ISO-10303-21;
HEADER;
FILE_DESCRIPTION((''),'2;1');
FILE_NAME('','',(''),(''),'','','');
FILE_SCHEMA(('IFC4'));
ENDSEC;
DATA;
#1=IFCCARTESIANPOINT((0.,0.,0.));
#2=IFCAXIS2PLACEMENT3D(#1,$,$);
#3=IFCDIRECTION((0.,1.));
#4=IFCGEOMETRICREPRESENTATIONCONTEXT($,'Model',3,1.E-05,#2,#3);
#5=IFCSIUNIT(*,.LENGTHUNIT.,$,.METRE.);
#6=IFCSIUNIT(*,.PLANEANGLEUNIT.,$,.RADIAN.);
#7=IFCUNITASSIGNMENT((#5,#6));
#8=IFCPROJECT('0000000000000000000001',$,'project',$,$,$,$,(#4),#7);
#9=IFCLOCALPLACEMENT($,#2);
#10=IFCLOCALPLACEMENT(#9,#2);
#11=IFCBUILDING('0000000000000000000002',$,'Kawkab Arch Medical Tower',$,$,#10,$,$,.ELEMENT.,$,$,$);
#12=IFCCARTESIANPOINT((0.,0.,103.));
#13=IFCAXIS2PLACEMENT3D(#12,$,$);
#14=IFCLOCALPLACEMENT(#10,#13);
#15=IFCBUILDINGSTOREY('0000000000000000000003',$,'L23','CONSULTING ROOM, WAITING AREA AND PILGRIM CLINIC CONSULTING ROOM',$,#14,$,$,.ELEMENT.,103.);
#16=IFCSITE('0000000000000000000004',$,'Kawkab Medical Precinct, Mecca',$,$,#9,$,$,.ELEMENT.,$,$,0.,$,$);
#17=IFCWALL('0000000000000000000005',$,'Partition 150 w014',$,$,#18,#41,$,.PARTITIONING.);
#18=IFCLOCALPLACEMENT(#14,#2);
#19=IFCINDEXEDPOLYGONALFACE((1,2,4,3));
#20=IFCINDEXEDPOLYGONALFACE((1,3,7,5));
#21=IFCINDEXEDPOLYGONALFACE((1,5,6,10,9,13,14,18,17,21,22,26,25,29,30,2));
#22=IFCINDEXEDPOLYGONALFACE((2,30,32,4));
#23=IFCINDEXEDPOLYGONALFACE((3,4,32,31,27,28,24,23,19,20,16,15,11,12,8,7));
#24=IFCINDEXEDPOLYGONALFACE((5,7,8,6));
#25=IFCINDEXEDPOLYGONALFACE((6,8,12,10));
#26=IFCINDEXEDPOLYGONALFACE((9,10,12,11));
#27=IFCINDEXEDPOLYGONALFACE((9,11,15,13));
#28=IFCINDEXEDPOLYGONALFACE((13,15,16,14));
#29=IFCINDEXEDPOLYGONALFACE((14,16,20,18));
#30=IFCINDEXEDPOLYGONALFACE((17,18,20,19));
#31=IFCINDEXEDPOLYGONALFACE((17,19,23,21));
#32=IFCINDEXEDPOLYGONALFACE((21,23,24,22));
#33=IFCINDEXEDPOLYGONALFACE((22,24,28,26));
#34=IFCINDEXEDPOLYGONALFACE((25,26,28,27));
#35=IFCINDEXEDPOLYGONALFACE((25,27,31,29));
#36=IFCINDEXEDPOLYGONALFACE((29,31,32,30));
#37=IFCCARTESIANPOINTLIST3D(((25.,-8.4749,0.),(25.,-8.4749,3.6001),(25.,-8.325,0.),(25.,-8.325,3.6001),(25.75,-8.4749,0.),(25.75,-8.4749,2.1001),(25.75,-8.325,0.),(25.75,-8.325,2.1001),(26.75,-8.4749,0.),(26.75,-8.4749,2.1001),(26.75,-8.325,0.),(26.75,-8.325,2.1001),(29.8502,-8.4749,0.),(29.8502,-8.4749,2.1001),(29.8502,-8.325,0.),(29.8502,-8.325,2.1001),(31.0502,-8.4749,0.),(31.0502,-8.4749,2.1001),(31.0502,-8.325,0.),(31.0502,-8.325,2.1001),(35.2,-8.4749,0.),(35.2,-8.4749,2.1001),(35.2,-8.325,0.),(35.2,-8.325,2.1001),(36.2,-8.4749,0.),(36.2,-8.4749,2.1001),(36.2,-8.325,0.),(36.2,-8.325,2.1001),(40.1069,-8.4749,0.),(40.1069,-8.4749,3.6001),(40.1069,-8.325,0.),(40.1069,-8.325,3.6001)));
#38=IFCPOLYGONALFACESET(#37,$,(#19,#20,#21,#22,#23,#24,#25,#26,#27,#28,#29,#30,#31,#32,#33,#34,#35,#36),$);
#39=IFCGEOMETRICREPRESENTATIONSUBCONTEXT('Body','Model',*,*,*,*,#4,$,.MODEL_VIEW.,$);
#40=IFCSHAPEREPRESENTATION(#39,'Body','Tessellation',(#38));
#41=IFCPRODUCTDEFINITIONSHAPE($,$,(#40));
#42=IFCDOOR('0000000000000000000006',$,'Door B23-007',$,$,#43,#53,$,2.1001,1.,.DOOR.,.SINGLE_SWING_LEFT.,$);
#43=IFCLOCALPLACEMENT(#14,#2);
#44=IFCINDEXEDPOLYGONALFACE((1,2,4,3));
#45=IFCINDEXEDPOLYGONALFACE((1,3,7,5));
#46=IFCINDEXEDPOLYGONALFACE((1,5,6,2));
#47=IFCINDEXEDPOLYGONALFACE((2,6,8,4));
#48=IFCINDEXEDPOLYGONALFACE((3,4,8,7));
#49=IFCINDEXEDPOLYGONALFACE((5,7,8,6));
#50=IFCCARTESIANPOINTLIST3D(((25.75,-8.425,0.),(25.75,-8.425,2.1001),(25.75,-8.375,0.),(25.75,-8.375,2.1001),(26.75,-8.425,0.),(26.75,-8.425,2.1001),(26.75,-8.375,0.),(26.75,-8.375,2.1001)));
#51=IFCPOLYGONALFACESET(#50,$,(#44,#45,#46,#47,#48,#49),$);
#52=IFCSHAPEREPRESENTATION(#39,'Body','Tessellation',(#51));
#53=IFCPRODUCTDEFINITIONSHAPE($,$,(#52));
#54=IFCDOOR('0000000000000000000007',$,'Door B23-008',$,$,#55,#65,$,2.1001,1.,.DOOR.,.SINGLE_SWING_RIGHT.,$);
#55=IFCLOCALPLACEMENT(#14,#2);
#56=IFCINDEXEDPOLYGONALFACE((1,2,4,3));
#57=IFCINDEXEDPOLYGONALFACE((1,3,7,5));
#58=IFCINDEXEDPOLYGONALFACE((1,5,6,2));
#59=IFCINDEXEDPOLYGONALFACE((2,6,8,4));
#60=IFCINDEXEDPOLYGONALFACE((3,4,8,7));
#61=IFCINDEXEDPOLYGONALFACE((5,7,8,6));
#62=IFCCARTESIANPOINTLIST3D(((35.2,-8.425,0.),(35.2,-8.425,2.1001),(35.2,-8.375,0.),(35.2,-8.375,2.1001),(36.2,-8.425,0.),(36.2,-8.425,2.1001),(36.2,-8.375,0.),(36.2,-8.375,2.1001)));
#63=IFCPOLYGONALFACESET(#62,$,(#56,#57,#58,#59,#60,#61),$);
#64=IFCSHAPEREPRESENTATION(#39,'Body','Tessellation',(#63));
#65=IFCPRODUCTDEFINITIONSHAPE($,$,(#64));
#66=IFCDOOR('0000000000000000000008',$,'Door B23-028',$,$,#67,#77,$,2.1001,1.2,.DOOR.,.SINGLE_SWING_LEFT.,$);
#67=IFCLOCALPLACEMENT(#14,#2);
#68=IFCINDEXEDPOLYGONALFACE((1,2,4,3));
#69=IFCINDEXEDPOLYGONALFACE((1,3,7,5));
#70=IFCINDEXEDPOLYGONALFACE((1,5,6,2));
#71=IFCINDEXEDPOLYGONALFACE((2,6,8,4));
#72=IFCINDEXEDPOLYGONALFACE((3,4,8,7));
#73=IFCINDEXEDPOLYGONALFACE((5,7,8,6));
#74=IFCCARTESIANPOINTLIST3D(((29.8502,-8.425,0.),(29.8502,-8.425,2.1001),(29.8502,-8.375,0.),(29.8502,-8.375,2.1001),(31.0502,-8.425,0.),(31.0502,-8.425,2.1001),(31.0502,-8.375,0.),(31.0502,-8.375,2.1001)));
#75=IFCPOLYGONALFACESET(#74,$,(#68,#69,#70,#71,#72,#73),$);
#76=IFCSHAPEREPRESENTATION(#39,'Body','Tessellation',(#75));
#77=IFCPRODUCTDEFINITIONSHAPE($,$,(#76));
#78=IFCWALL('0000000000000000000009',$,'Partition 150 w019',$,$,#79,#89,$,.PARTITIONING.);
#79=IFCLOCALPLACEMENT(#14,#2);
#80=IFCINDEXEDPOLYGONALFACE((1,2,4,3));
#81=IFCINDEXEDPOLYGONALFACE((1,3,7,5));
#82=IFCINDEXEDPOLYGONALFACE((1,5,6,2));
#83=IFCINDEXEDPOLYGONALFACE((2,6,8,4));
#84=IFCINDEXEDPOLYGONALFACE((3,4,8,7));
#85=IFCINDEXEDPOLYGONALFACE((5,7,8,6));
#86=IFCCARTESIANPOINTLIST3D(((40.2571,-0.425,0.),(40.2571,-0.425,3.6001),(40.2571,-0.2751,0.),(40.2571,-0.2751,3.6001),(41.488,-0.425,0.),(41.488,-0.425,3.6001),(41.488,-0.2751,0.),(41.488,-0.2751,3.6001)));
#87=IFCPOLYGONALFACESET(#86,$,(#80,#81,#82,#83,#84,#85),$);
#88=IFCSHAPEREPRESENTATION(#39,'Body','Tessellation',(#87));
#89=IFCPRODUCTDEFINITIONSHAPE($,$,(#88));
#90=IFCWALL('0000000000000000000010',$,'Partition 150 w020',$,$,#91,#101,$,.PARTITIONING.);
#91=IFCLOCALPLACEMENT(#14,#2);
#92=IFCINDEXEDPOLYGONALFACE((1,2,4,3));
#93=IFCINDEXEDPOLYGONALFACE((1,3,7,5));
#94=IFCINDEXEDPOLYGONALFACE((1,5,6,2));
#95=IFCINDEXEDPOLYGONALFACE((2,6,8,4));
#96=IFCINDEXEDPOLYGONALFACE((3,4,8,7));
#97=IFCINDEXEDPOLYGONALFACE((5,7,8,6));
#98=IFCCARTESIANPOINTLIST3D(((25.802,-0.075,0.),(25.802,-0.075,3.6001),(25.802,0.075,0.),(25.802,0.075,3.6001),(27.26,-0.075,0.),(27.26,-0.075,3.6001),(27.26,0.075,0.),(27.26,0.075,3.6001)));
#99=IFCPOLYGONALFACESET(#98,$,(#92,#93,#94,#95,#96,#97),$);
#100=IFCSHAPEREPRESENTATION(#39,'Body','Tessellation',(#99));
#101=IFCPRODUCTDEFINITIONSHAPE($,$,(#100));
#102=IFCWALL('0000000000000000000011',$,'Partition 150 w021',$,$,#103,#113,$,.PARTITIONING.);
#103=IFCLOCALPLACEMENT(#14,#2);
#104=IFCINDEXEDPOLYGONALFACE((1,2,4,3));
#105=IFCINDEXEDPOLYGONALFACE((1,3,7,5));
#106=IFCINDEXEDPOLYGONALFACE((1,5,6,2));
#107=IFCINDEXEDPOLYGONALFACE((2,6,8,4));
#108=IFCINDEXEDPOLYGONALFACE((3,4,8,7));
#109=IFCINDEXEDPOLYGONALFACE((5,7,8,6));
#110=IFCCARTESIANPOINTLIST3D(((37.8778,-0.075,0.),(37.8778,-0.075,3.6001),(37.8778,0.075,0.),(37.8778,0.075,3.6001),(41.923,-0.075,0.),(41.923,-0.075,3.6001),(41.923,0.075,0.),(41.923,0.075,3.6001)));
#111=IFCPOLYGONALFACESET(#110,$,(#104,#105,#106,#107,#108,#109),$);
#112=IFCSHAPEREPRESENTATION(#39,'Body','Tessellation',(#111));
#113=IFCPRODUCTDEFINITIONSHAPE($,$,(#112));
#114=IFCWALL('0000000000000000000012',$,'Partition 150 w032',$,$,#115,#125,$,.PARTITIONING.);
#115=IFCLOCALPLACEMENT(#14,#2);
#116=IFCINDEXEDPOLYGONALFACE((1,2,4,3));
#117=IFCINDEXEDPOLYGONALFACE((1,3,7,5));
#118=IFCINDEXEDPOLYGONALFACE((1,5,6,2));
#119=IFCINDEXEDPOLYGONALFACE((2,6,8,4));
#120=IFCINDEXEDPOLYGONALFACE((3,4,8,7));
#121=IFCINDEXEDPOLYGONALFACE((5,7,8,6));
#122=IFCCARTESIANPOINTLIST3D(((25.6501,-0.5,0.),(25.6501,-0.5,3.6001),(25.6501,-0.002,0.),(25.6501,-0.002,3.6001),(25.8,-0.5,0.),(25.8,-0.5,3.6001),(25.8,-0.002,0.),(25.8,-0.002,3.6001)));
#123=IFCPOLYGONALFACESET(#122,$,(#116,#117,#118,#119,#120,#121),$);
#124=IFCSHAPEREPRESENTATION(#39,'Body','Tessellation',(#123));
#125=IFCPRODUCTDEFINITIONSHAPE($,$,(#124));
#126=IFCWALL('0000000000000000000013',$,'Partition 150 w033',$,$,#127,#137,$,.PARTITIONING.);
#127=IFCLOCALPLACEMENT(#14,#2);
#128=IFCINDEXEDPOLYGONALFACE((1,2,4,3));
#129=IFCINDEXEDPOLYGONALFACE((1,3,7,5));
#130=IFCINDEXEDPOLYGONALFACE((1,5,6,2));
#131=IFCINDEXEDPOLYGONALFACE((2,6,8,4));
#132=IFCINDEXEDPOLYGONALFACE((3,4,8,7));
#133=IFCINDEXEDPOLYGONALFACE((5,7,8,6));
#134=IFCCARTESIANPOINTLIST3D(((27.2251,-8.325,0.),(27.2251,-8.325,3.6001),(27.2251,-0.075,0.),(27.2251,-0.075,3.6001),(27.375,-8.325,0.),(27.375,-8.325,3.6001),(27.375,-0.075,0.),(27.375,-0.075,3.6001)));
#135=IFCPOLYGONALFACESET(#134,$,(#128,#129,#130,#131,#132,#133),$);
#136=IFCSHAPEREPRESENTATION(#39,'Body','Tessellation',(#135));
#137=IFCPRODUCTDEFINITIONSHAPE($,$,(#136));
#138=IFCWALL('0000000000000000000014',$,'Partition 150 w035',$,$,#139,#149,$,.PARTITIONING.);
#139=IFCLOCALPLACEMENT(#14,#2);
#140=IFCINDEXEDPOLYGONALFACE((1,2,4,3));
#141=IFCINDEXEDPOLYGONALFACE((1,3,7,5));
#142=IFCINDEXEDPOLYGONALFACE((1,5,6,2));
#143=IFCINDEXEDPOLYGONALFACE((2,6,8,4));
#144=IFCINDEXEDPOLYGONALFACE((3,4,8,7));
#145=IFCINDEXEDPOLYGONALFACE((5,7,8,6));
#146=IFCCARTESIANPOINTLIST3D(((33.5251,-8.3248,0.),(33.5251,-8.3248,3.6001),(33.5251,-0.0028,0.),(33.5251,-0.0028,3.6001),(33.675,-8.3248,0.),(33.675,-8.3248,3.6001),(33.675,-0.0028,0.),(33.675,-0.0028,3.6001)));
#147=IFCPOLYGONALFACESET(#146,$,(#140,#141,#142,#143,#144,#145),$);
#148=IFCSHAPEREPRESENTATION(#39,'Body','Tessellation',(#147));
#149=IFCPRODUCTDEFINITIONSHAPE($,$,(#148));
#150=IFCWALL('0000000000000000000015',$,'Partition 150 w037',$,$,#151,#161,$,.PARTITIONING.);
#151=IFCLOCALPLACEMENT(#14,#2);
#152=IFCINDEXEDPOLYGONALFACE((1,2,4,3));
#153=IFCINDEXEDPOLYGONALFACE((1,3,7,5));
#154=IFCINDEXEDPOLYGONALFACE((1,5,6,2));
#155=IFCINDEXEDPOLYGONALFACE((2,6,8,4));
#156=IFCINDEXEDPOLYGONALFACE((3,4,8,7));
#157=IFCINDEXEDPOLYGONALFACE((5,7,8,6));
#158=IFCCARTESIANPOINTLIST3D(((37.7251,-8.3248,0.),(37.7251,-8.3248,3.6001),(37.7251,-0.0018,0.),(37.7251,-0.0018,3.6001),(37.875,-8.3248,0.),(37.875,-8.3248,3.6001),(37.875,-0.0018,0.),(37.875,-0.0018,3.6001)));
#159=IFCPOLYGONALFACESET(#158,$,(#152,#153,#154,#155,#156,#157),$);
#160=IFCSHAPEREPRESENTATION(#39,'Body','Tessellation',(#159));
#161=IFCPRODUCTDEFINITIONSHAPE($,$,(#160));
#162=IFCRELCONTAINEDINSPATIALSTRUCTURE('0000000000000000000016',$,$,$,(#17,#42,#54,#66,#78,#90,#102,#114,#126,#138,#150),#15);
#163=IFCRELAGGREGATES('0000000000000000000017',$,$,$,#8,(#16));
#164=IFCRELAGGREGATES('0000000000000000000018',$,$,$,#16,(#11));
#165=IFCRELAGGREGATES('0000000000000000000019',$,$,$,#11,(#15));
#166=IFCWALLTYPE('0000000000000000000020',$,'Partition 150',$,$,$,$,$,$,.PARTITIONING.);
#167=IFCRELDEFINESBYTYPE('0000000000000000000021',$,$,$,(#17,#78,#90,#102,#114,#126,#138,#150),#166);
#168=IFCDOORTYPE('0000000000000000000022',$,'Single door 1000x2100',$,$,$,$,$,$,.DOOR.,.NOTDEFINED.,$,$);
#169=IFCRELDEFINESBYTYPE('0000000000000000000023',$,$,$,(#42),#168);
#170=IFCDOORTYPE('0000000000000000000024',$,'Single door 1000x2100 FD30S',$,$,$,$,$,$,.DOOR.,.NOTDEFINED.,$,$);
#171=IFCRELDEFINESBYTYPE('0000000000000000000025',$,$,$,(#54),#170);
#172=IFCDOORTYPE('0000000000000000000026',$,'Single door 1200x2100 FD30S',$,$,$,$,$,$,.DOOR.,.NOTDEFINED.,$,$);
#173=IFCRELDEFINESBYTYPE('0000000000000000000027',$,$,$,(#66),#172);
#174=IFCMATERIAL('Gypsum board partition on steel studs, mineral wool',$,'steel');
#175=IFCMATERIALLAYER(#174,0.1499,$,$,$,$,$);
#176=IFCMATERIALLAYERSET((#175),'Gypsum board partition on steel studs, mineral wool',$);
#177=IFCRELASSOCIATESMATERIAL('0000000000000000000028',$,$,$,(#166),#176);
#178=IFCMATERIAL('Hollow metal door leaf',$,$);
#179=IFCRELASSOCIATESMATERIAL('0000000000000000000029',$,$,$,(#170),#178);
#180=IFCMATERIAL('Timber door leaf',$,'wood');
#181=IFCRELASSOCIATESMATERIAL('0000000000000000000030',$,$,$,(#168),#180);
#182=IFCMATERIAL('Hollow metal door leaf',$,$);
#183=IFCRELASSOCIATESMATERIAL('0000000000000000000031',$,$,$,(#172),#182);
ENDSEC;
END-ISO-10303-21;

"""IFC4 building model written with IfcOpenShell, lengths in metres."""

from ifc_helpers import new_model, si_unit, direction, frame, frame_2d, origin, place, context, subcontext, project, spatial, rectangle, extrude, material, layer, layer_set, type_object, element, fill, save


model = new_model("IFC4")

# Units and contexts
model_context = context("Model", 3, precision=1e-05, world=origin(), true_north=direction((0.0, 1.0)))
body_context = subcontext(model_context, "Body", "Model", "MODEL_VIEW")
ifc_project = project(units=[si_unit("LENGTHUNIT", "METRE"), si_unit("PLANEANGLEUNIT", "RADIAN")], contexts=[model_context])

# Site, building, storey
site_placement = place(None, origin())
site = spatial("IfcSite", under=ifc_project, at=site_placement, Name="Kawkab Medical Precinct, Mecca", CompositionType="ELEMENT", RefElevation=0.0)
building_placement = place(site_placement, origin())
building = spatial("IfcBuilding", under=site, at=building_placement, Name="Kawkab Arch Medical Tower", CompositionType="ELEMENT")
storey_placement = place(building_placement, frame((0.0, 0.0, 103.0)))
storey = spatial("IfcBuildingStorey", under=building, at=storey_placement, Name="L23", Description="CONSULTING ROOM, WAITING AREA AND PILGRIM CLINIC CONSULTING ROOM", CompositionType="ELEMENT", Elevation=103.0)

# Wall, openings, doors
ifc_material_1 = material(Name="Gypsum board partition on steel studs, mineral wool", Category="steel")
ifc_layer_1 = layer(ifc_material_1, 0.1499)
ifc_layer_set_1 = layer_set([ifc_layer_1], Name="Gypsum board partition on steel studs, mineral wool")
wall_type_1 = type_object("IfcWallType", Name="Partition 150", PredefinedType="PARTITIONING", material=ifc_layer_set_1)
ifc_material_2 = material(Name="Hollow metal door leaf")
door_type_1 = type_object("IfcDoorType", Name="Single door 1000x2100 FD30S", OperationType="NOTDEFINED", PredefinedType="DOOR", material=ifc_material_2)
wall_1_placement = place(storey_placement, frame((25.0, -8.3999, 0.0), z_axis=(0.0, 0.0, 1.0), x_axis=(1.0, 0.0, 0.0)))
wall_1 = element("IfcWall", 1, at=wall_1_placement, inside=storey, type_object=wall_type_1, Name="Partition 150 w014", PredefinedType="PARTITIONING", context=body_context, shape_type="SweptSolid", body=[
    extrude(rectangle(XDim=15.1069, YDim=0.1499, at=frame_2d((7.5535, 0.0))), origin(), (0.0, 0.0, 1.0), 3.6001),
])
opening_1_placement = place(wall_1_placement, frame((10.2, 0.0, 0.0)))
opening_1 = element("IfcOpeningElement", 2, at=opening_1_placement, cuts=wall_1, PredefinedType="OPENING", context=body_context, shape_type="SweptSolid", body=[
    extrude(rectangle(XDim=1.0, YDim=2.1001, at=frame_2d((0.5, 1.05))), frame((0.0, 0.085, 0.0), z_axis=(0.0, -1.0, 0.0), x_axis=(1.0, 0.0, 0.0)), (0.0, 0.0, 1.0), 0.1699),
])
opening_2_placement = place(wall_1_placement, frame((0.75, 0.0, 0.0)))
opening_2 = element("IfcOpeningElement", 3, at=opening_2_placement, cuts=wall_1, PredefinedType="OPENING", context=body_context, shape_type="SweptSolid", body=[
    extrude(rectangle(XDim=1.0, YDim=2.1001, at=frame_2d((0.5, 1.05))), frame((0.0, 0.085, 0.0), z_axis=(0.0, -1.0, 0.0), x_axis=(1.0, 0.0, 0.0)), (0.0, 0.0, 1.0), 0.1699),
])
opening_3_placement = place(wall_1_placement, frame((4.8501, 0.0, 0.0)))
opening_3 = element("IfcOpeningElement", 4, at=opening_3_placement, cuts=wall_1, PredefinedType="OPENING", context=body_context, shape_type="SweptSolid", body=[
    extrude(rectangle(XDim=1.2, YDim=2.1001, at=frame_2d((0.6001, 1.05))), frame((0.0, 0.085, 0.0), z_axis=(0.0, -1.0, 0.0), x_axis=(1.0, 0.0, 0.0)), (0.0, 0.0, 1.0), 0.1699),
])
ifc_material_3 = material(Name="Timber door leaf", Category="wood")
door_type_2 = type_object("IfcDoorType", Name="Single door 1000x2100", OperationType="NOTDEFINED", PredefinedType="DOOR", material=ifc_material_3)
door_1_placement = place(opening_2_placement, origin())
door_1 = element("IfcDoor", 5, at=door_1_placement, inside=storey, type_object=door_type_2, Name="Door B23-007", OperationType="SINGLE_SWING_LEFT", OverallHeight=2.1001, OverallWidth=1.0, PredefinedType="DOOR", context=body_context, shape_type="SweptSolid", body=[
    extrude(rectangle(XDim=1.0, YDim=2.1001, at=frame_2d((0.5, 1.05))), frame((0.0, 0.0249, 0.0), z_axis=(0.0, -1.0, 0.0), x_axis=(1.0, 0.0, 0.0)), (0.0, 0.0, 1.0), 0.05),
])
fill(opening_2, door_1)
door_2_placement = place(opening_1_placement, origin())
door_2 = element("IfcDoor", 6, at=door_2_placement, inside=storey, type_object=door_type_1, Name="Door B23-008", OperationType="SINGLE_SWING_RIGHT", OverallHeight=2.1001, OverallWidth=1.0, PredefinedType="DOOR", context=body_context, shape_type="SweptSolid", body=[
    extrude(rectangle(XDim=1.0, YDim=2.1001, at=frame_2d((0.5, 1.05))), frame((0.0, 0.0249, 0.0), z_axis=(0.0, -1.0, 0.0), x_axis=(1.0, 0.0, 0.0)), (0.0, 0.0, 1.0), 0.05),
])
fill(opening_1, door_2)
ifc_material_4 = material(Name="Hollow metal door leaf")
door_type_3 = type_object("IfcDoorType", Name="Single door 1200x2100 FD30S", OperationType="NOTDEFINED", PredefinedType="DOOR", material=ifc_material_4)
door_3_placement = place(opening_3_placement, origin())
door_3 = element("IfcDoor", 7, at=door_3_placement, inside=storey, type_object=door_type_3, Name="Door B23-028", OperationType="SINGLE_SWING_LEFT", OverallHeight=2.1001, OverallWidth=1.2, PredefinedType="DOOR", context=body_context, shape_type="SweptSolid", body=[
    extrude(rectangle(XDim=1.2, YDim=2.1001, at=frame_2d((0.6001, 1.05))), frame((0.0, 0.0249, 0.0), z_axis=(0.0, -1.0, 0.0), x_axis=(1.0, 0.0, 0.0)), (0.0, 0.0, 1.0), 0.05),
])
fill(opening_3, door_3)

# Walls
wall_2_placement = place(storey_placement, frame((40.2571, -0.3501, 0.0), z_axis=(0.0, 0.0, 1.0), x_axis=(1.0, 0.0, 0.0)))
element("IfcWall", 8, at=wall_2_placement, inside=storey, type_object=wall_type_1, Name="Partition 150 w019", PredefinedType="PARTITIONING", context=body_context, shape_type="SweptSolid", body=[
    extrude(rectangle(XDim=1.231, YDim=0.1499, at=frame_2d((0.6155, 0.0))), origin(), (0.0, 0.0, 1.0), 3.6001),
])
wall_3_placement = place(storey_placement, frame((25.802, 0.0, 0.0), z_axis=(0.0, 0.0, 1.0), x_axis=(1.0, 0.0, 0.0)))
element("IfcWall", 9, at=wall_3_placement, inside=storey, type_object=wall_type_1, Name="Partition 150 w020", PredefinedType="PARTITIONING", context=body_context, shape_type="SweptSolid", body=[
    extrude(rectangle(XDim=1.458, YDim=0.1499, at=frame_2d((0.729, 0.0))), origin(), (0.0, 0.0, 1.0), 3.6001),
])
wall_4_placement = place(storey_placement, frame((37.8779, 0.0, 0.0), z_axis=(0.0, 0.0, 1.0), x_axis=(1.0, 0.0, 0.0)))
element("IfcWall", 10, at=wall_4_placement, inside=storey, type_object=wall_type_1, Name="Partition 150 w021", PredefinedType="PARTITIONING", context=body_context, shape_type="SweptSolid", body=[
    extrude(rectangle(XDim=4.0452, YDim=0.1499, at=frame_2d((2.0225, 0.0))), origin(), (0.0, 0.0, 1.0), 3.6001),
])
wall_5_placement = place(storey_placement, frame((25.7251, -0.5, 0.0), z_axis=(0.0, 0.0, 1.0), x_axis=(0.0, 1.0, 0.0)))
element("IfcWall", 11, at=wall_5_placement, inside=storey, type_object=wall_type_1, Name="Partition 150 w032", PredefinedType="PARTITIONING", context=body_context, shape_type="SweptSolid", body=[
    extrude(rectangle(XDim=0.498, YDim=0.1499, at=frame_2d((0.249, 0.0))), origin(), (0.0, 0.0, 1.0), 3.6001),
])
wall_6_placement = place(storey_placement, frame((27.3, -8.325, 0.0), z_axis=(0.0, 0.0, 1.0), x_axis=(0.0, 1.0, 0.0)))
element("IfcWall", 12, at=wall_6_placement, inside=storey, type_object=wall_type_1, Name="Partition 150 w033", PredefinedType="PARTITIONING", context=body_context, shape_type="SweptSolid", body=[
    extrude(rectangle(XDim=8.25, YDim=0.1499, at=frame_2d((4.125, 0.0))), origin(), (0.0, 0.0, 1.0), 3.6001),
])
wall_7_placement = place(storey_placement, frame((33.6001, -8.325, 0.0), z_axis=(0.0, 0.0, 1.0), x_axis=(0.0, 1.0, 0.0)))
element("IfcWall", 13, at=wall_7_placement, inside=storey, type_object=wall_type_1, Name="Partition 150 w035", PredefinedType="PARTITIONING", context=body_context, shape_type="SweptSolid", body=[
    extrude(rectangle(XDim=8.322, YDim=0.1499, at=frame_2d((4.1611, 0.0))), origin(), (0.0, 0.0, 1.0), 3.6001),
])
wall_8_placement = place(storey_placement, frame((37.8, -8.325, 0.0), z_axis=(0.0, 0.0, 1.0), x_axis=(0.0, 1.0, 0.0)))
element("IfcWall", 14, at=wall_8_placement, inside=storey, type_object=wall_type_1, Name="Partition 150 w037", PredefinedType="PARTITIONING", context=body_context, shape_type="SweptSolid", body=[
    extrude(rectangle(XDim=8.323, YDim=0.1499, at=frame_2d((4.1616, 0.0))), origin(), (0.0, 0.0, 1.0), 3.6001),
])

save(model, "model.ifc")
